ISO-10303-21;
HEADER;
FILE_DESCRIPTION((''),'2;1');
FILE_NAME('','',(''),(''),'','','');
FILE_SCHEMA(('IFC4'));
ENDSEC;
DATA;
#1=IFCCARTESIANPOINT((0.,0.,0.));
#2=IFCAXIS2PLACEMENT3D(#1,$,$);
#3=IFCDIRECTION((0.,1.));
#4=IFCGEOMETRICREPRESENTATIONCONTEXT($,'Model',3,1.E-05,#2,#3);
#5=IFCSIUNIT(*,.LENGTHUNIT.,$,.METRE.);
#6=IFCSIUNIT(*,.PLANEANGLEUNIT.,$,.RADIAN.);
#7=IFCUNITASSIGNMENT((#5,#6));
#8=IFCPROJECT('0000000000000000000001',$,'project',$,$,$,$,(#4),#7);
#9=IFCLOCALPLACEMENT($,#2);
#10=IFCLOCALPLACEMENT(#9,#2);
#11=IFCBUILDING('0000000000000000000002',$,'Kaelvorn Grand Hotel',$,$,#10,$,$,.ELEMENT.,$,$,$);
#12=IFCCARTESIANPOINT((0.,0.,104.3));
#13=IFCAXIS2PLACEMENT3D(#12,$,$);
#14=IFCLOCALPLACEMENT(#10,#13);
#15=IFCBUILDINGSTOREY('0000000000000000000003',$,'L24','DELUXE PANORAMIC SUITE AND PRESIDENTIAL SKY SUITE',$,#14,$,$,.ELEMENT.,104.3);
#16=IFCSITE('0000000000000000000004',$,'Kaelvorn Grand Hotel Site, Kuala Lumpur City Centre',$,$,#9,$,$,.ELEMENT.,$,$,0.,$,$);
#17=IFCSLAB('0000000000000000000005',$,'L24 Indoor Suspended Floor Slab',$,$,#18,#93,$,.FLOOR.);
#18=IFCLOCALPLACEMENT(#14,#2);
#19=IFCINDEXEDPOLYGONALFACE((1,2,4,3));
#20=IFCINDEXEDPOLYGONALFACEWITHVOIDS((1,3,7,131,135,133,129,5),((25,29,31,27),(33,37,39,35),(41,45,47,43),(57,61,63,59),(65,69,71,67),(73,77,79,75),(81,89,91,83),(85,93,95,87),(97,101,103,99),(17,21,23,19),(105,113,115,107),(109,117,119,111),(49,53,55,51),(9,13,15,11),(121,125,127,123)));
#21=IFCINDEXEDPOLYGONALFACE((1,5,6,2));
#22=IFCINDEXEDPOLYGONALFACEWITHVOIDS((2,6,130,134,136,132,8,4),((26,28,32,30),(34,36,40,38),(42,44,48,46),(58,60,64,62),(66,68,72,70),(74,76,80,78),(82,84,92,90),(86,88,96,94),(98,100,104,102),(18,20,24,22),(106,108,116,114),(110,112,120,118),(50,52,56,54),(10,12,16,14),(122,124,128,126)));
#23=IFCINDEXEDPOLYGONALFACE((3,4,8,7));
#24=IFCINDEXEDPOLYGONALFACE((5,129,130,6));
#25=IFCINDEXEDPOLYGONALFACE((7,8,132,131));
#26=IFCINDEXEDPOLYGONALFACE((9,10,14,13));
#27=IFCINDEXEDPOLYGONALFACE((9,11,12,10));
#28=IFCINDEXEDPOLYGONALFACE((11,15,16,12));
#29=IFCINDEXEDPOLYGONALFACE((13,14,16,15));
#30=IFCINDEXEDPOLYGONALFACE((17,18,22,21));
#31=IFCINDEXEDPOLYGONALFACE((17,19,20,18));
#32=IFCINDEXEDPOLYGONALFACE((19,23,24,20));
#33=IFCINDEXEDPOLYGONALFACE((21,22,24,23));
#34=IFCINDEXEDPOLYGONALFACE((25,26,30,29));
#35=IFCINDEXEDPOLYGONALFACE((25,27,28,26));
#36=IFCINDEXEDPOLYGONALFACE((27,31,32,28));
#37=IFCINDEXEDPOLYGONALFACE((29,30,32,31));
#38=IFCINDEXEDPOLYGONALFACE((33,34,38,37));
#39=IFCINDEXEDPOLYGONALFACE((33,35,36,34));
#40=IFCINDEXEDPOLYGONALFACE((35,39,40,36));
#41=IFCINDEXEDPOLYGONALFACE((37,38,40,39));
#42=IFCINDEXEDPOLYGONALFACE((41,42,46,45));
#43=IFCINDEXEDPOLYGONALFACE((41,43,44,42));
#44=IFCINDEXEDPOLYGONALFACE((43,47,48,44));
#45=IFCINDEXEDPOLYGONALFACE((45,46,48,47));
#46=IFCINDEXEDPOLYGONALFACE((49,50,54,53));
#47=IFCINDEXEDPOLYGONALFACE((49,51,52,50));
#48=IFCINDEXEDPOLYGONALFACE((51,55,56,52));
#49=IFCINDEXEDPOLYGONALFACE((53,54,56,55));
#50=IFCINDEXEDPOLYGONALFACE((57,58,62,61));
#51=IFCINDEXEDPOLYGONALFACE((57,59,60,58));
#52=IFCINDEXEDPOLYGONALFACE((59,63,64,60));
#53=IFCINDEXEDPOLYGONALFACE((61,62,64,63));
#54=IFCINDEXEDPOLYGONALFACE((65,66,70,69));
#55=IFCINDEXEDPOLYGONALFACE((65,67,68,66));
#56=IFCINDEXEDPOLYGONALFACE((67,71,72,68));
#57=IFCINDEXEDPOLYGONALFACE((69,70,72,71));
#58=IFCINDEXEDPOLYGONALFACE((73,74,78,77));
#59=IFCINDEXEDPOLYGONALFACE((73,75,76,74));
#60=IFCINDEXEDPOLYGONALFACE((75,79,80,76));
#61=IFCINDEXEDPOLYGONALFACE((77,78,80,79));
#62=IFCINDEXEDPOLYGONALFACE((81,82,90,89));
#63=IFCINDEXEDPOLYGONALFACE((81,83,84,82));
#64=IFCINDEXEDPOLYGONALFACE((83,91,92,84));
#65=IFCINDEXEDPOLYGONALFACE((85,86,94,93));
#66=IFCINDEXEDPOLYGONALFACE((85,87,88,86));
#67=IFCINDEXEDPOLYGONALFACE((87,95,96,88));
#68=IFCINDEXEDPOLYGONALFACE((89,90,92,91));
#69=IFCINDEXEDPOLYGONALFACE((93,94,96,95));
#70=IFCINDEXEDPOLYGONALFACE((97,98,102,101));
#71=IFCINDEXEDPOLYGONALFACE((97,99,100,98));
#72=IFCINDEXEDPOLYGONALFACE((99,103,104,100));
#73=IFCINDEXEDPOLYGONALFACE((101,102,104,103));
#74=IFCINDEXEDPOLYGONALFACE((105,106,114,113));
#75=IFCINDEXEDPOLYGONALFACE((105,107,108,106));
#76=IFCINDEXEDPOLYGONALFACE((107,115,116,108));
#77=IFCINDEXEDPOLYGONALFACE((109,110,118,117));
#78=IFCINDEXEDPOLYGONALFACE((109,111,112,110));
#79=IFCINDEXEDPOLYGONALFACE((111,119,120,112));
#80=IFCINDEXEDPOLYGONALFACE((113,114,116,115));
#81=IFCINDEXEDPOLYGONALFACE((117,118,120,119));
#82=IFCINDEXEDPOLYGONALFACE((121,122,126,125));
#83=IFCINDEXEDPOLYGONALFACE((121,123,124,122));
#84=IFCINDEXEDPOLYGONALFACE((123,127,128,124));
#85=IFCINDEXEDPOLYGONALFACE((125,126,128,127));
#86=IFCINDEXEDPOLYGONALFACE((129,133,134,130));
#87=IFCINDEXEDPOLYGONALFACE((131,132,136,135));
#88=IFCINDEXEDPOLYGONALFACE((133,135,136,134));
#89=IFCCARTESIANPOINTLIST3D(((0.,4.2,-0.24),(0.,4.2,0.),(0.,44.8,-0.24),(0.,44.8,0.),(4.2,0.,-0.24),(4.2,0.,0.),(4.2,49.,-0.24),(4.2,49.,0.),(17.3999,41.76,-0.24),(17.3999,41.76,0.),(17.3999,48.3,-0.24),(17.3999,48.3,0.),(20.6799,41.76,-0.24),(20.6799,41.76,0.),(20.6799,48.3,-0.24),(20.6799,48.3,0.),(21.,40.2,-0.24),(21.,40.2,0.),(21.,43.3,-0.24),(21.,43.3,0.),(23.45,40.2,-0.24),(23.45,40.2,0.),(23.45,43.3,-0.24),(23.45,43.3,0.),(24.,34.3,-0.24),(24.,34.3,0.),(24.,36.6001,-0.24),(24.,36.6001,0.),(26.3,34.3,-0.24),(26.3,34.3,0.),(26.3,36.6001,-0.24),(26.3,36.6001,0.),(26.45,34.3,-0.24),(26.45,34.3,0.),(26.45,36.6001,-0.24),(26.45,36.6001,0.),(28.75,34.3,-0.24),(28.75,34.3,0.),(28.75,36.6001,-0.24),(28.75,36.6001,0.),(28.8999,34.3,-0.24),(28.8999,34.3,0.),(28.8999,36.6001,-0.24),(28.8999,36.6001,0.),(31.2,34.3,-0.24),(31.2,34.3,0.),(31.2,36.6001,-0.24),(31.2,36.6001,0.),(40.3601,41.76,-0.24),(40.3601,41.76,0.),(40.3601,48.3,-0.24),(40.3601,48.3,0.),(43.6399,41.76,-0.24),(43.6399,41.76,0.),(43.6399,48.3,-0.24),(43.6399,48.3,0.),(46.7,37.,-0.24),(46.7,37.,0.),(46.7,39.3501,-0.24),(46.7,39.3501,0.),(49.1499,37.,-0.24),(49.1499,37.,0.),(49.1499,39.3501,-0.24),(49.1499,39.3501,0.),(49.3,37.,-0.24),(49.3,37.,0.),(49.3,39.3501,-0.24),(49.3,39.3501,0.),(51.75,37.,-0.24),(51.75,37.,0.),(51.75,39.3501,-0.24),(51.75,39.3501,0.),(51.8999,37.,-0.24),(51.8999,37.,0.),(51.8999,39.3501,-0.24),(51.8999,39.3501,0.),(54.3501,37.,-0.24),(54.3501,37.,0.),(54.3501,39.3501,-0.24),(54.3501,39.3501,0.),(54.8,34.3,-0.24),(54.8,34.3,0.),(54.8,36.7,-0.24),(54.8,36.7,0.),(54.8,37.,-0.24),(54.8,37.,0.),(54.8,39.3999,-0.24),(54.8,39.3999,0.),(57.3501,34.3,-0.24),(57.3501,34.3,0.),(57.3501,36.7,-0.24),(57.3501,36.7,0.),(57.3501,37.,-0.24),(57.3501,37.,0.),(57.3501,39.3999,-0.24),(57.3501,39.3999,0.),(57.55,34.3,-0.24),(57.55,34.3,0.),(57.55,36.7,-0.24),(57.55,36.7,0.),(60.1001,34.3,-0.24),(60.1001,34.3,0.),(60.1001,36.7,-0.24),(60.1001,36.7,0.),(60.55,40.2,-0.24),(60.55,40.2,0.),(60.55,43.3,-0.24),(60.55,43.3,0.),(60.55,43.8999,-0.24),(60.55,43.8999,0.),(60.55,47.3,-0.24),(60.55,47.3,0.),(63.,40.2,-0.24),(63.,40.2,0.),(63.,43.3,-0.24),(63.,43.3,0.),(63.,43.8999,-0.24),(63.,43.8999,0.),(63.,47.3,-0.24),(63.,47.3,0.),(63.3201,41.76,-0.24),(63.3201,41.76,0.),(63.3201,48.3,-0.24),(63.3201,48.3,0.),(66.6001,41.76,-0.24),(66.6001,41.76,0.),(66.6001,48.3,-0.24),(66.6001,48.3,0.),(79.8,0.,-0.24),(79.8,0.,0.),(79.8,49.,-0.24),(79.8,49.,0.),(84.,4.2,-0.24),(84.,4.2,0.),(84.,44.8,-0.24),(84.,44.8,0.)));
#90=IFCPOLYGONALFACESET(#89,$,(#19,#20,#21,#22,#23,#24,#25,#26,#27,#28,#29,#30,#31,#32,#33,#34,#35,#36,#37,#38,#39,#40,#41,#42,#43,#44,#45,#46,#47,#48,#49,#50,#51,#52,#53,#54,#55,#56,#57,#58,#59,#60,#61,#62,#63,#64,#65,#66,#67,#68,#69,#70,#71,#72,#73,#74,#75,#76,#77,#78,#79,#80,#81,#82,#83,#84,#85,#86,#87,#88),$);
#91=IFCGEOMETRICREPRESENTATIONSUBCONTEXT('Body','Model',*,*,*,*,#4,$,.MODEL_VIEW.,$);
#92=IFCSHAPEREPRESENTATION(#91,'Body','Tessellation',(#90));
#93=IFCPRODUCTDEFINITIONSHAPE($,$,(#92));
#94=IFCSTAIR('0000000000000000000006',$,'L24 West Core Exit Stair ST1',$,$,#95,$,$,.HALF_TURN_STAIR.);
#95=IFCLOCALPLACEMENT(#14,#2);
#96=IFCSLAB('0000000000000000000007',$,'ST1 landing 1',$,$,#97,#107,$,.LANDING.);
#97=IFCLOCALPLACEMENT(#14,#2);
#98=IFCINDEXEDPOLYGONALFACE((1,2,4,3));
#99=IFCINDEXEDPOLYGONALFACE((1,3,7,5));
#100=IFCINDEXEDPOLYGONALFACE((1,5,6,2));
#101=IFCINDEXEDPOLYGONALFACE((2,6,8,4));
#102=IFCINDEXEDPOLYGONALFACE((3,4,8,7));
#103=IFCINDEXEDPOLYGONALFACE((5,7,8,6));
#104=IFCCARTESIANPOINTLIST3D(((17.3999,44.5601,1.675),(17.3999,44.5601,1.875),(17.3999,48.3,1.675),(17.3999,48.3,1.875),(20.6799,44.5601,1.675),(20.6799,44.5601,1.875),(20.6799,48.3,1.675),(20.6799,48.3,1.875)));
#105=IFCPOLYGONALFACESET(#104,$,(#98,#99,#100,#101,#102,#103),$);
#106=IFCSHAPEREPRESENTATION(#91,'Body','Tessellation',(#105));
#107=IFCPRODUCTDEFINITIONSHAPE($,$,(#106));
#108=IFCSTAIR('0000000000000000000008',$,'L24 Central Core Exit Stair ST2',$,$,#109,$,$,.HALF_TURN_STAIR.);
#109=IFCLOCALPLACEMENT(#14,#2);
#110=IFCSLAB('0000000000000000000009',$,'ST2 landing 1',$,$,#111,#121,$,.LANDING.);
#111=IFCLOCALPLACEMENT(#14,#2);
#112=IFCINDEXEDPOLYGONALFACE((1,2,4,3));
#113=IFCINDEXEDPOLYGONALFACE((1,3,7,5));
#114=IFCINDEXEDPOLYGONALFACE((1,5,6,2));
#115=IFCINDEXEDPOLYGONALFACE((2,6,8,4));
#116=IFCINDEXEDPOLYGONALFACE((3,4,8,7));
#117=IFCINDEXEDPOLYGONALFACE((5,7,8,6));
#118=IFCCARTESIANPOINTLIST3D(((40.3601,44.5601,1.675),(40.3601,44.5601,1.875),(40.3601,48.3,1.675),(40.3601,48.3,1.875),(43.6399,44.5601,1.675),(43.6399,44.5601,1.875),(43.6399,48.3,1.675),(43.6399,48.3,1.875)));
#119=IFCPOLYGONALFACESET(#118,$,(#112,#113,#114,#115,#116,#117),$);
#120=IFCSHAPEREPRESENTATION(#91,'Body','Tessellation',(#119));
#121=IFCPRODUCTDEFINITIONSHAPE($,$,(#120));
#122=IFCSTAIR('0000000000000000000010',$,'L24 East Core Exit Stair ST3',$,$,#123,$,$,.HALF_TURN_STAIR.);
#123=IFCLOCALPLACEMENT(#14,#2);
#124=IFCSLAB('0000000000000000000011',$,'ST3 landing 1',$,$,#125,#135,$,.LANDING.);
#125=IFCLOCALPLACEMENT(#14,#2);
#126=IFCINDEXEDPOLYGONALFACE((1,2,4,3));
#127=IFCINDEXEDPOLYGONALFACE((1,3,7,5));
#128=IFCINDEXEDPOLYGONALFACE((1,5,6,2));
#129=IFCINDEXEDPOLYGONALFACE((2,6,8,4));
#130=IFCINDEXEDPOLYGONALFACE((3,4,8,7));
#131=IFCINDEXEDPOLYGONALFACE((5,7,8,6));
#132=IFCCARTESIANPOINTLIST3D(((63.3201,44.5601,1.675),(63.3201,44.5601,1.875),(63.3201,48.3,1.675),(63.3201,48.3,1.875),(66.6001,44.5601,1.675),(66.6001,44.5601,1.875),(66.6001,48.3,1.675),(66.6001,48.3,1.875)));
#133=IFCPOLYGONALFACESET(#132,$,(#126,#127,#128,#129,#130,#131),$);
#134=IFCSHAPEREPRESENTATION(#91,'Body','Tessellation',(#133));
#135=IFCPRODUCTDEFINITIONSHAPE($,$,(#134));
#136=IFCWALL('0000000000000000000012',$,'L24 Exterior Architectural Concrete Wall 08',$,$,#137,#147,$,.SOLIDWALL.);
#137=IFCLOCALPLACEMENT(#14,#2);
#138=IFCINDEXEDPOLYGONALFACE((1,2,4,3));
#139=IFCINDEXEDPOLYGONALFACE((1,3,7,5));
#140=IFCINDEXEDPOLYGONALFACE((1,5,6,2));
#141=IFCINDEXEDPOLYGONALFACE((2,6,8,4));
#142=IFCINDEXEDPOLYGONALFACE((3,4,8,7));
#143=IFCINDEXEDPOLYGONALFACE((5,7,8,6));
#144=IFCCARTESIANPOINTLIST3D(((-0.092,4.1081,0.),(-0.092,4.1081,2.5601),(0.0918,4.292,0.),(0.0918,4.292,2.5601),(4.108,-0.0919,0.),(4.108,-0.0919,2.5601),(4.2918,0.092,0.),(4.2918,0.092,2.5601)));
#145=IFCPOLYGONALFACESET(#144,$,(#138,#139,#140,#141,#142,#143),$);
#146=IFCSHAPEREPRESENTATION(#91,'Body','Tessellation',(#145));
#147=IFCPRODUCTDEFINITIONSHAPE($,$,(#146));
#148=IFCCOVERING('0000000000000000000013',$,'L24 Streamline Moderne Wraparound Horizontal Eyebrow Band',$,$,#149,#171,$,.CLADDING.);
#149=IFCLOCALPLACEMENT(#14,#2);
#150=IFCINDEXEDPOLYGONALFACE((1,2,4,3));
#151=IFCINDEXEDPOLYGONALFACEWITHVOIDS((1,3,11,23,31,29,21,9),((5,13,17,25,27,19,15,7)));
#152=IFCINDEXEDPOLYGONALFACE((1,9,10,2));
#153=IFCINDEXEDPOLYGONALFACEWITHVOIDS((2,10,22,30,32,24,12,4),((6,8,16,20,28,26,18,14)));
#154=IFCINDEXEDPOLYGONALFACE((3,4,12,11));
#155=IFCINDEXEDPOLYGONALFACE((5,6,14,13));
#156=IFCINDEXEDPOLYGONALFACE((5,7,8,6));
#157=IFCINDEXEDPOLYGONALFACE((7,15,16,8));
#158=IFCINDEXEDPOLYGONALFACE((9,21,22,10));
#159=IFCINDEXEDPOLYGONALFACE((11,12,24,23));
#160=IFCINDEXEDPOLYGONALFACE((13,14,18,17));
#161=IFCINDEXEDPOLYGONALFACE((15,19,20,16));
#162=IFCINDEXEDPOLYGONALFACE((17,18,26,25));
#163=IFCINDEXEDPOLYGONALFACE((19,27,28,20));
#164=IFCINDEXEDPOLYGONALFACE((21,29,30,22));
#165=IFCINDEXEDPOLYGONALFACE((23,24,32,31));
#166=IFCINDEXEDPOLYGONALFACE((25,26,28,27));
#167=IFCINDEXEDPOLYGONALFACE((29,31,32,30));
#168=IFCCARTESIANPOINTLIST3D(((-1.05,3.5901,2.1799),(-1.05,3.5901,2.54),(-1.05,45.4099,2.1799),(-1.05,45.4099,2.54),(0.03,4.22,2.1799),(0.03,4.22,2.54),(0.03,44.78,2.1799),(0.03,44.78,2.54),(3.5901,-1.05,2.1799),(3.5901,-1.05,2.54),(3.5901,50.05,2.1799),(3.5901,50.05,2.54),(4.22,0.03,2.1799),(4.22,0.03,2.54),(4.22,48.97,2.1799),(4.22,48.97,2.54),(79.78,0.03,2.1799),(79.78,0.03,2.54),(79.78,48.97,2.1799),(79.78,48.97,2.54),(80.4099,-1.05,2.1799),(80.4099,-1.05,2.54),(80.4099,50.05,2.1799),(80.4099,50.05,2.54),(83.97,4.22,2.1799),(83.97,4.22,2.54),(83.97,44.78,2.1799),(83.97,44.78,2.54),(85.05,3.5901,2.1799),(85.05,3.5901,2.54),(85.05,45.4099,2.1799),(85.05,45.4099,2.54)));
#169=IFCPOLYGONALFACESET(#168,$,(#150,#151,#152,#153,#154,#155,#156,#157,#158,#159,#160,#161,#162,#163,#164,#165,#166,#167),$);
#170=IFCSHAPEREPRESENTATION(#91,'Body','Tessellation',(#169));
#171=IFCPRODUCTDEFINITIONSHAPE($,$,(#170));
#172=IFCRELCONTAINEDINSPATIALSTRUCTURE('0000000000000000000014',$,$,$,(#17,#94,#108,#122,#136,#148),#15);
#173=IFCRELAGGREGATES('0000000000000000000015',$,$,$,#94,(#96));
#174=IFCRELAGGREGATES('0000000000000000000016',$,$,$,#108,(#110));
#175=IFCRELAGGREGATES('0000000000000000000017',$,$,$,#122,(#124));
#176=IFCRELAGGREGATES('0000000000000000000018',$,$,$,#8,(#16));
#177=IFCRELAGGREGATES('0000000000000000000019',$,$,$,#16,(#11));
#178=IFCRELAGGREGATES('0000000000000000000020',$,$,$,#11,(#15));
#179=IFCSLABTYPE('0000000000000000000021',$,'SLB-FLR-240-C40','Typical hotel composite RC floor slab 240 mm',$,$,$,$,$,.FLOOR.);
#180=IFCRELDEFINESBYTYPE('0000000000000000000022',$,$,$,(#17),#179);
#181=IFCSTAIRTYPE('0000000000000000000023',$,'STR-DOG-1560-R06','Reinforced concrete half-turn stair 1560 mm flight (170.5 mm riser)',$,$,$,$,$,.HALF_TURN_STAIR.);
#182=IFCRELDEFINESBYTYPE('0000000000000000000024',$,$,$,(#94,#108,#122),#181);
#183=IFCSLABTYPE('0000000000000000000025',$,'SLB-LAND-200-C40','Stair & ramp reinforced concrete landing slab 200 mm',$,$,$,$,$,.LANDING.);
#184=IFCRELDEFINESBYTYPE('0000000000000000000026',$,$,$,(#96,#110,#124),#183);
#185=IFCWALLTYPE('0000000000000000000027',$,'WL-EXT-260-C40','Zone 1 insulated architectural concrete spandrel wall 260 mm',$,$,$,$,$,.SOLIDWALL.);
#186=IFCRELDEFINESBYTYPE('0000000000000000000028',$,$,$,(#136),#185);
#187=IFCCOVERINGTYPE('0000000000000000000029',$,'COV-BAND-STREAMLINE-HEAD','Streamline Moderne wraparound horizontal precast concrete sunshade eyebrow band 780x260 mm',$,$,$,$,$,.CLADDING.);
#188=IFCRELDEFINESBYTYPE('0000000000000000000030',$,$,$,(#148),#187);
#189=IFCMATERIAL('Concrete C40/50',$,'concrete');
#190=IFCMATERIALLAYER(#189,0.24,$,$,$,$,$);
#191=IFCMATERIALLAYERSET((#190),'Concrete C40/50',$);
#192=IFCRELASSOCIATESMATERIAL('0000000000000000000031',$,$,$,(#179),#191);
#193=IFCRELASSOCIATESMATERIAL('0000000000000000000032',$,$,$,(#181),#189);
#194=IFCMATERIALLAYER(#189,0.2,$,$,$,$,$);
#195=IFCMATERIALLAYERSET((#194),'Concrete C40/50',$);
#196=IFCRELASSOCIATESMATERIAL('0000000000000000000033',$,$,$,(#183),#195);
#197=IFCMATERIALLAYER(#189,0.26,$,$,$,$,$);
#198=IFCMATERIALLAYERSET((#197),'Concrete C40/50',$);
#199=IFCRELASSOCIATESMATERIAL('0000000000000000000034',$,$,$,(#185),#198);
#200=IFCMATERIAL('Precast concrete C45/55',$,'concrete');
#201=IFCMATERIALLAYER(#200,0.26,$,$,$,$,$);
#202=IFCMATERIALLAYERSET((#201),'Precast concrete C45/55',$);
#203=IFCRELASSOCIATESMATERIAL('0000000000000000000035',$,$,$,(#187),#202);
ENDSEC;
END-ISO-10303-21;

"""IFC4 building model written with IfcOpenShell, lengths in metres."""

from ifc_helpers import new_model, si_unit, direction, frame, frame_2d, origin, place, context, subcontext, project, spatial, polyline, rectangle, outline, extrude, material, layer, layer_set, type_object, element, aggregate, save


model = new_model("IFC4")

# Units and contexts
model_context = context("Model", 3, precision=1e-05, world=origin(), true_north=direction((0.0, 1.0)))
body_context = subcontext(model_context, "Body", "Model", "MODEL_VIEW")
ifc_project = project(units=[si_unit("LENGTHUNIT", "METRE"), si_unit("PLANEANGLEUNIT", "RADIAN")], contexts=[model_context])

# Site, building, storey
site_placement = place(None, origin())
site = spatial("IfcSite", under=ifc_project, at=site_placement, Name="Kaelvorn Grand Hotel Site, Kuala Lumpur City Centre", CompositionType="ELEMENT", RefElevation=0.0)
building_placement = place(site_placement, origin())
building = spatial("IfcBuilding", under=site, at=building_placement, Name="Kaelvorn Grand Hotel", CompositionType="ELEMENT")
storey_placement = place(building_placement, frame((0.0, 0.0, 104.3)))
storey = spatial("IfcBuildingStorey", under=building, at=storey_placement, Name="L24", Description="DELUXE PANORAMIC SUITE AND PRESIDENTIAL SKY SUITE", CompositionType="ELEMENT", Elevation=104.3)

# Slab
ifc_material_1 = material(Name="Concrete C40/50", Category="concrete")
ifc_layer_1 = layer(ifc_material_1, 0.24)
ifc_layer_set_1 = layer_set([ifc_layer_1], Name="Concrete C40/50")
slab_type_1 = type_object("IfcSlabType", Name="SLB-FLR-240-C40", Description="Typical hotel composite RC floor slab 240 mm", PredefinedType="FLOOR", material=ifc_layer_set_1)
slab_1_placement = place(storey_placement, frame((0.0, 0.0, -0.24)))
element("IfcSlab", 1, at=slab_1_placement, inside=storey, type_object=slab_type_1, Name="L24 Indoor Suspended Floor Slab", PredefinedType="FLOOR", context=body_context, shape_type="SweptSolid", body=[
    extrude(outline(polyline([(4.2, 0.0), (79.8, 0.0), (84.0, 4.2), (84.0, 44.8), (79.8, 49.0), (4.2, 49.0), (0.0, 44.8), (0.0, 4.2), (4.2, 0.0)]), holes=[polyline([(17.3999, 41.76), (17.3999, 48.3), (20.6799, 48.3), (20.6799, 41.76), (17.3999, 41.76)]), polyline([(40.3601, 41.76), (40.3601, 48.3), (43.6399, 48.3), (43.6399, 41.76), (40.3601, 41.76)]), polyline([(63.3201, 41.76), (63.3201, 48.3), (66.6001, 48.3), (66.6001, 41.76), (63.3201, 41.76)]), polyline([(24.0, 34.3), (24.0, 36.6001), (26.3, 36.6001), (26.3, 34.3), (24.0, 34.3)]), polyline([(26.45, 34.3), (26.45, 36.6001), (28.75, 36.6001), (28.75, 34.3), (26.45, 34.3)]), polyline([(28.8999, 34.3), (28.8999, 36.6001), (31.2, 36.6001), (31.2, 34.3), (28.8999, 34.3)]), polyline([(46.7, 37.0), (46.7, 39.3501), (49.1499, 39.3501), (49.1499, 37.0), (46.7, 37.0)]), polyline([(49.3, 37.0), (49.3, 39.3501), (51.75, 39.3501), (51.75, 37.0), (49.3, 37.0)]), polyline([(51.8999, 37.0), (51.8999, 39.3501), (54.3501, 39.3501), (54.3501, 37.0), (51.8999, 37.0)]), polyline([(54.8, 34.3), (54.8, 36.7), (57.3501, 36.7), (57.3501, 34.3), (54.8, 34.3)]), polyline([(57.55, 34.3), (57.55, 36.7), (60.1001, 36.7), (60.1001, 34.3), (57.55, 34.3)]), polyline([(54.8, 37.0), (54.8, 39.3999), (57.3501, 39.3999), (57.3501, 37.0), (54.8, 37.0)]), polyline([(21.0, 40.2), (21.0, 43.3), (23.45, 43.3), (23.45, 40.2), (21.0, 40.2)]), polyline([(60.55, 40.2), (60.55, 43.3), (63.0, 43.3), (63.0, 40.2), (60.55, 40.2)]), polyline([(60.55, 43.8999), (60.55, 47.3), (63.0, 47.3), (63.0, 43.8999), (60.55, 43.8999)])]), origin(), (0.0, 0.0, 1.0), 0.24),
])

# Stairs, slabs
stair_type = type_object("IfcStairType", Name="STR-DOG-1560-R06", Description="Reinforced concrete half-turn stair 1560 mm flight (170.5 mm riser)", PredefinedType="HALF_TURN_STAIR", material=ifc_material_1)
stair_1_placement = place(storey_placement, origin())
stair_1 = element("IfcStair", 2, at=stair_1_placement, inside=storey, type_object=stair_type, Name="L24 West Core Exit Stair ST1", PredefinedType="HALF_TURN_STAIR")
ifc_layer_2 = layer(ifc_material_1, 0.2)
ifc_layer_set_2 = layer_set([ifc_layer_2], Name="Concrete C40/50")
slab_type_2 = type_object("IfcSlabType", Name="SLB-LAND-200-C40", Description="Stair & ramp reinforced concrete landing slab 200 mm", PredefinedType="LANDING", material=ifc_layer_set_2)
slab_2_placement = place(storey_placement, frame((0.0, 0.0, 1.675)))
slab_2 = element("IfcSlab", 3, at=slab_2_placement, type_object=slab_type_2, Name="ST1 landing 1", PredefinedType="LANDING", context=body_context, shape_type="SweptSolid", body=[
    extrude(outline(polyline([(20.6799, 44.5601), (20.6799, 48.3), (17.3999, 48.3), (17.3999, 44.5601), (20.6799, 44.5601)])), origin(), (0.0, 0.0, 1.0), 0.2),
])
aggregate(stair_1, [slab_2])
stair_2_placement = place(storey_placement, origin())
stair_2 = element("IfcStair", 4, at=stair_2_placement, inside=storey, type_object=stair_type, Name="L24 Central Core Exit Stair ST2", PredefinedType="HALF_TURN_STAIR")
slab_3_placement = place(storey_placement, frame((0.0, 0.0, 1.675)))
slab_3 = element("IfcSlab", 5, at=slab_3_placement, type_object=slab_type_2, Name="ST2 landing 1", PredefinedType="LANDING", context=body_context, shape_type="SweptSolid", body=[
    extrude(outline(polyline([(43.6399, 44.5601), (43.6399, 48.3), (40.3601, 48.3), (40.3601, 44.5601), (43.6399, 44.5601)])), origin(), (0.0, 0.0, 1.0), 0.2),
])
aggregate(stair_2, [slab_3])
stair_3_placement = place(storey_placement, origin())
stair_3 = element("IfcStair", 6, at=stair_3_placement, inside=storey, type_object=stair_type, Name="L24 East Core Exit Stair ST3", PredefinedType="HALF_TURN_STAIR")
slab_4_placement = place(storey_placement, frame((0.0, 0.0, 1.675)))
slab_4 = element("IfcSlab", 7, at=slab_4_placement, type_object=slab_type_2, Name="ST3 landing 1", PredefinedType="LANDING", context=body_context, shape_type="SweptSolid", body=[
    extrude(outline(polyline([(66.6001, 44.5601), (66.6001, 48.3), (63.3201, 48.3), (63.3201, 44.5601), (66.6001, 44.5601)])), origin(), (0.0, 0.0, 1.0), 0.2),
])
aggregate(stair_3, [slab_4])

# Wall
ifc_layer_3 = layer(ifc_material_1, 0.26)
ifc_layer_set_3 = layer_set([ifc_layer_3], Name="Concrete C40/50")
wall_type = type_object("IfcWallType", Name="WL-EXT-260-C40", Description="Zone 1 insulated architectural concrete spandrel wall 260 mm", PredefinedType="SOLIDWALL", material=ifc_layer_set_3)
wall_placement = place(storey_placement, frame((0.0, 4.2, 0.0), z_axis=(0.0, 0.0, 1.0), x_axis=(0.707107, -0.707107, 0.0)))
element("IfcWall", 8, at=wall_placement, inside=storey, type_object=wall_type, Name="L24 Exterior Architectural Concrete Wall 08", PredefinedType="SOLIDWALL", context=body_context, shape_type="SweptSolid", body=[
    extrude(rectangle(XDim=5.9397, YDim=0.26, at=frame_2d((2.9697, 0.0))), origin(), (0.0, 0.0, 1.0), 2.5601),
])

# Covering
ifc_material_2 = material(Name="Precast concrete C45/55", Category="concrete")
ifc_layer_4 = layer(ifc_material_2, 0.26)
ifc_layer_set_4 = layer_set([ifc_layer_4], Name="Precast concrete C45/55")
covering_type_1 = type_object("IfcCoveringType", Name="COV-BAND-STREAMLINE-HEAD", Description="Streamline Moderne wraparound horizontal precast concrete sunshade eyebrow band 780x260 mm", PredefinedType="CLADDING", material=ifc_layer_set_4)
covering_1_placement = place(storey_placement, frame((0.0, 0.0, 2.1799)))
element("IfcCovering", 9, at=covering_1_placement, inside=storey, type_object=covering_type_1, Name="L24 Streamline Moderne Wraparound Horizontal Eyebrow Band", PredefinedType="CLADDING", context=body_context, shape_type="SweptSolid", body=[
    extrude(outline(polyline([(3.5901, -1.05), (80.4099, -1.05), (85.05, 3.5901), (85.05, 45.4099), (80.4099, 50.05), (3.5901, 50.05), (-1.05, 45.4099), (-1.05, 3.5901), (3.5901, -1.05)]), holes=[polyline([(4.22, 0.03), (79.78, 0.03), (83.97, 4.22), (83.97, 44.78), (79.78, 48.97), (4.22, 48.97), (0.03, 44.78), (0.03, 4.22), (4.22, 0.03)])]), origin(), (0.0, 0.0, 1.0), 0.3601),
])

save(model, "model.ifc")
